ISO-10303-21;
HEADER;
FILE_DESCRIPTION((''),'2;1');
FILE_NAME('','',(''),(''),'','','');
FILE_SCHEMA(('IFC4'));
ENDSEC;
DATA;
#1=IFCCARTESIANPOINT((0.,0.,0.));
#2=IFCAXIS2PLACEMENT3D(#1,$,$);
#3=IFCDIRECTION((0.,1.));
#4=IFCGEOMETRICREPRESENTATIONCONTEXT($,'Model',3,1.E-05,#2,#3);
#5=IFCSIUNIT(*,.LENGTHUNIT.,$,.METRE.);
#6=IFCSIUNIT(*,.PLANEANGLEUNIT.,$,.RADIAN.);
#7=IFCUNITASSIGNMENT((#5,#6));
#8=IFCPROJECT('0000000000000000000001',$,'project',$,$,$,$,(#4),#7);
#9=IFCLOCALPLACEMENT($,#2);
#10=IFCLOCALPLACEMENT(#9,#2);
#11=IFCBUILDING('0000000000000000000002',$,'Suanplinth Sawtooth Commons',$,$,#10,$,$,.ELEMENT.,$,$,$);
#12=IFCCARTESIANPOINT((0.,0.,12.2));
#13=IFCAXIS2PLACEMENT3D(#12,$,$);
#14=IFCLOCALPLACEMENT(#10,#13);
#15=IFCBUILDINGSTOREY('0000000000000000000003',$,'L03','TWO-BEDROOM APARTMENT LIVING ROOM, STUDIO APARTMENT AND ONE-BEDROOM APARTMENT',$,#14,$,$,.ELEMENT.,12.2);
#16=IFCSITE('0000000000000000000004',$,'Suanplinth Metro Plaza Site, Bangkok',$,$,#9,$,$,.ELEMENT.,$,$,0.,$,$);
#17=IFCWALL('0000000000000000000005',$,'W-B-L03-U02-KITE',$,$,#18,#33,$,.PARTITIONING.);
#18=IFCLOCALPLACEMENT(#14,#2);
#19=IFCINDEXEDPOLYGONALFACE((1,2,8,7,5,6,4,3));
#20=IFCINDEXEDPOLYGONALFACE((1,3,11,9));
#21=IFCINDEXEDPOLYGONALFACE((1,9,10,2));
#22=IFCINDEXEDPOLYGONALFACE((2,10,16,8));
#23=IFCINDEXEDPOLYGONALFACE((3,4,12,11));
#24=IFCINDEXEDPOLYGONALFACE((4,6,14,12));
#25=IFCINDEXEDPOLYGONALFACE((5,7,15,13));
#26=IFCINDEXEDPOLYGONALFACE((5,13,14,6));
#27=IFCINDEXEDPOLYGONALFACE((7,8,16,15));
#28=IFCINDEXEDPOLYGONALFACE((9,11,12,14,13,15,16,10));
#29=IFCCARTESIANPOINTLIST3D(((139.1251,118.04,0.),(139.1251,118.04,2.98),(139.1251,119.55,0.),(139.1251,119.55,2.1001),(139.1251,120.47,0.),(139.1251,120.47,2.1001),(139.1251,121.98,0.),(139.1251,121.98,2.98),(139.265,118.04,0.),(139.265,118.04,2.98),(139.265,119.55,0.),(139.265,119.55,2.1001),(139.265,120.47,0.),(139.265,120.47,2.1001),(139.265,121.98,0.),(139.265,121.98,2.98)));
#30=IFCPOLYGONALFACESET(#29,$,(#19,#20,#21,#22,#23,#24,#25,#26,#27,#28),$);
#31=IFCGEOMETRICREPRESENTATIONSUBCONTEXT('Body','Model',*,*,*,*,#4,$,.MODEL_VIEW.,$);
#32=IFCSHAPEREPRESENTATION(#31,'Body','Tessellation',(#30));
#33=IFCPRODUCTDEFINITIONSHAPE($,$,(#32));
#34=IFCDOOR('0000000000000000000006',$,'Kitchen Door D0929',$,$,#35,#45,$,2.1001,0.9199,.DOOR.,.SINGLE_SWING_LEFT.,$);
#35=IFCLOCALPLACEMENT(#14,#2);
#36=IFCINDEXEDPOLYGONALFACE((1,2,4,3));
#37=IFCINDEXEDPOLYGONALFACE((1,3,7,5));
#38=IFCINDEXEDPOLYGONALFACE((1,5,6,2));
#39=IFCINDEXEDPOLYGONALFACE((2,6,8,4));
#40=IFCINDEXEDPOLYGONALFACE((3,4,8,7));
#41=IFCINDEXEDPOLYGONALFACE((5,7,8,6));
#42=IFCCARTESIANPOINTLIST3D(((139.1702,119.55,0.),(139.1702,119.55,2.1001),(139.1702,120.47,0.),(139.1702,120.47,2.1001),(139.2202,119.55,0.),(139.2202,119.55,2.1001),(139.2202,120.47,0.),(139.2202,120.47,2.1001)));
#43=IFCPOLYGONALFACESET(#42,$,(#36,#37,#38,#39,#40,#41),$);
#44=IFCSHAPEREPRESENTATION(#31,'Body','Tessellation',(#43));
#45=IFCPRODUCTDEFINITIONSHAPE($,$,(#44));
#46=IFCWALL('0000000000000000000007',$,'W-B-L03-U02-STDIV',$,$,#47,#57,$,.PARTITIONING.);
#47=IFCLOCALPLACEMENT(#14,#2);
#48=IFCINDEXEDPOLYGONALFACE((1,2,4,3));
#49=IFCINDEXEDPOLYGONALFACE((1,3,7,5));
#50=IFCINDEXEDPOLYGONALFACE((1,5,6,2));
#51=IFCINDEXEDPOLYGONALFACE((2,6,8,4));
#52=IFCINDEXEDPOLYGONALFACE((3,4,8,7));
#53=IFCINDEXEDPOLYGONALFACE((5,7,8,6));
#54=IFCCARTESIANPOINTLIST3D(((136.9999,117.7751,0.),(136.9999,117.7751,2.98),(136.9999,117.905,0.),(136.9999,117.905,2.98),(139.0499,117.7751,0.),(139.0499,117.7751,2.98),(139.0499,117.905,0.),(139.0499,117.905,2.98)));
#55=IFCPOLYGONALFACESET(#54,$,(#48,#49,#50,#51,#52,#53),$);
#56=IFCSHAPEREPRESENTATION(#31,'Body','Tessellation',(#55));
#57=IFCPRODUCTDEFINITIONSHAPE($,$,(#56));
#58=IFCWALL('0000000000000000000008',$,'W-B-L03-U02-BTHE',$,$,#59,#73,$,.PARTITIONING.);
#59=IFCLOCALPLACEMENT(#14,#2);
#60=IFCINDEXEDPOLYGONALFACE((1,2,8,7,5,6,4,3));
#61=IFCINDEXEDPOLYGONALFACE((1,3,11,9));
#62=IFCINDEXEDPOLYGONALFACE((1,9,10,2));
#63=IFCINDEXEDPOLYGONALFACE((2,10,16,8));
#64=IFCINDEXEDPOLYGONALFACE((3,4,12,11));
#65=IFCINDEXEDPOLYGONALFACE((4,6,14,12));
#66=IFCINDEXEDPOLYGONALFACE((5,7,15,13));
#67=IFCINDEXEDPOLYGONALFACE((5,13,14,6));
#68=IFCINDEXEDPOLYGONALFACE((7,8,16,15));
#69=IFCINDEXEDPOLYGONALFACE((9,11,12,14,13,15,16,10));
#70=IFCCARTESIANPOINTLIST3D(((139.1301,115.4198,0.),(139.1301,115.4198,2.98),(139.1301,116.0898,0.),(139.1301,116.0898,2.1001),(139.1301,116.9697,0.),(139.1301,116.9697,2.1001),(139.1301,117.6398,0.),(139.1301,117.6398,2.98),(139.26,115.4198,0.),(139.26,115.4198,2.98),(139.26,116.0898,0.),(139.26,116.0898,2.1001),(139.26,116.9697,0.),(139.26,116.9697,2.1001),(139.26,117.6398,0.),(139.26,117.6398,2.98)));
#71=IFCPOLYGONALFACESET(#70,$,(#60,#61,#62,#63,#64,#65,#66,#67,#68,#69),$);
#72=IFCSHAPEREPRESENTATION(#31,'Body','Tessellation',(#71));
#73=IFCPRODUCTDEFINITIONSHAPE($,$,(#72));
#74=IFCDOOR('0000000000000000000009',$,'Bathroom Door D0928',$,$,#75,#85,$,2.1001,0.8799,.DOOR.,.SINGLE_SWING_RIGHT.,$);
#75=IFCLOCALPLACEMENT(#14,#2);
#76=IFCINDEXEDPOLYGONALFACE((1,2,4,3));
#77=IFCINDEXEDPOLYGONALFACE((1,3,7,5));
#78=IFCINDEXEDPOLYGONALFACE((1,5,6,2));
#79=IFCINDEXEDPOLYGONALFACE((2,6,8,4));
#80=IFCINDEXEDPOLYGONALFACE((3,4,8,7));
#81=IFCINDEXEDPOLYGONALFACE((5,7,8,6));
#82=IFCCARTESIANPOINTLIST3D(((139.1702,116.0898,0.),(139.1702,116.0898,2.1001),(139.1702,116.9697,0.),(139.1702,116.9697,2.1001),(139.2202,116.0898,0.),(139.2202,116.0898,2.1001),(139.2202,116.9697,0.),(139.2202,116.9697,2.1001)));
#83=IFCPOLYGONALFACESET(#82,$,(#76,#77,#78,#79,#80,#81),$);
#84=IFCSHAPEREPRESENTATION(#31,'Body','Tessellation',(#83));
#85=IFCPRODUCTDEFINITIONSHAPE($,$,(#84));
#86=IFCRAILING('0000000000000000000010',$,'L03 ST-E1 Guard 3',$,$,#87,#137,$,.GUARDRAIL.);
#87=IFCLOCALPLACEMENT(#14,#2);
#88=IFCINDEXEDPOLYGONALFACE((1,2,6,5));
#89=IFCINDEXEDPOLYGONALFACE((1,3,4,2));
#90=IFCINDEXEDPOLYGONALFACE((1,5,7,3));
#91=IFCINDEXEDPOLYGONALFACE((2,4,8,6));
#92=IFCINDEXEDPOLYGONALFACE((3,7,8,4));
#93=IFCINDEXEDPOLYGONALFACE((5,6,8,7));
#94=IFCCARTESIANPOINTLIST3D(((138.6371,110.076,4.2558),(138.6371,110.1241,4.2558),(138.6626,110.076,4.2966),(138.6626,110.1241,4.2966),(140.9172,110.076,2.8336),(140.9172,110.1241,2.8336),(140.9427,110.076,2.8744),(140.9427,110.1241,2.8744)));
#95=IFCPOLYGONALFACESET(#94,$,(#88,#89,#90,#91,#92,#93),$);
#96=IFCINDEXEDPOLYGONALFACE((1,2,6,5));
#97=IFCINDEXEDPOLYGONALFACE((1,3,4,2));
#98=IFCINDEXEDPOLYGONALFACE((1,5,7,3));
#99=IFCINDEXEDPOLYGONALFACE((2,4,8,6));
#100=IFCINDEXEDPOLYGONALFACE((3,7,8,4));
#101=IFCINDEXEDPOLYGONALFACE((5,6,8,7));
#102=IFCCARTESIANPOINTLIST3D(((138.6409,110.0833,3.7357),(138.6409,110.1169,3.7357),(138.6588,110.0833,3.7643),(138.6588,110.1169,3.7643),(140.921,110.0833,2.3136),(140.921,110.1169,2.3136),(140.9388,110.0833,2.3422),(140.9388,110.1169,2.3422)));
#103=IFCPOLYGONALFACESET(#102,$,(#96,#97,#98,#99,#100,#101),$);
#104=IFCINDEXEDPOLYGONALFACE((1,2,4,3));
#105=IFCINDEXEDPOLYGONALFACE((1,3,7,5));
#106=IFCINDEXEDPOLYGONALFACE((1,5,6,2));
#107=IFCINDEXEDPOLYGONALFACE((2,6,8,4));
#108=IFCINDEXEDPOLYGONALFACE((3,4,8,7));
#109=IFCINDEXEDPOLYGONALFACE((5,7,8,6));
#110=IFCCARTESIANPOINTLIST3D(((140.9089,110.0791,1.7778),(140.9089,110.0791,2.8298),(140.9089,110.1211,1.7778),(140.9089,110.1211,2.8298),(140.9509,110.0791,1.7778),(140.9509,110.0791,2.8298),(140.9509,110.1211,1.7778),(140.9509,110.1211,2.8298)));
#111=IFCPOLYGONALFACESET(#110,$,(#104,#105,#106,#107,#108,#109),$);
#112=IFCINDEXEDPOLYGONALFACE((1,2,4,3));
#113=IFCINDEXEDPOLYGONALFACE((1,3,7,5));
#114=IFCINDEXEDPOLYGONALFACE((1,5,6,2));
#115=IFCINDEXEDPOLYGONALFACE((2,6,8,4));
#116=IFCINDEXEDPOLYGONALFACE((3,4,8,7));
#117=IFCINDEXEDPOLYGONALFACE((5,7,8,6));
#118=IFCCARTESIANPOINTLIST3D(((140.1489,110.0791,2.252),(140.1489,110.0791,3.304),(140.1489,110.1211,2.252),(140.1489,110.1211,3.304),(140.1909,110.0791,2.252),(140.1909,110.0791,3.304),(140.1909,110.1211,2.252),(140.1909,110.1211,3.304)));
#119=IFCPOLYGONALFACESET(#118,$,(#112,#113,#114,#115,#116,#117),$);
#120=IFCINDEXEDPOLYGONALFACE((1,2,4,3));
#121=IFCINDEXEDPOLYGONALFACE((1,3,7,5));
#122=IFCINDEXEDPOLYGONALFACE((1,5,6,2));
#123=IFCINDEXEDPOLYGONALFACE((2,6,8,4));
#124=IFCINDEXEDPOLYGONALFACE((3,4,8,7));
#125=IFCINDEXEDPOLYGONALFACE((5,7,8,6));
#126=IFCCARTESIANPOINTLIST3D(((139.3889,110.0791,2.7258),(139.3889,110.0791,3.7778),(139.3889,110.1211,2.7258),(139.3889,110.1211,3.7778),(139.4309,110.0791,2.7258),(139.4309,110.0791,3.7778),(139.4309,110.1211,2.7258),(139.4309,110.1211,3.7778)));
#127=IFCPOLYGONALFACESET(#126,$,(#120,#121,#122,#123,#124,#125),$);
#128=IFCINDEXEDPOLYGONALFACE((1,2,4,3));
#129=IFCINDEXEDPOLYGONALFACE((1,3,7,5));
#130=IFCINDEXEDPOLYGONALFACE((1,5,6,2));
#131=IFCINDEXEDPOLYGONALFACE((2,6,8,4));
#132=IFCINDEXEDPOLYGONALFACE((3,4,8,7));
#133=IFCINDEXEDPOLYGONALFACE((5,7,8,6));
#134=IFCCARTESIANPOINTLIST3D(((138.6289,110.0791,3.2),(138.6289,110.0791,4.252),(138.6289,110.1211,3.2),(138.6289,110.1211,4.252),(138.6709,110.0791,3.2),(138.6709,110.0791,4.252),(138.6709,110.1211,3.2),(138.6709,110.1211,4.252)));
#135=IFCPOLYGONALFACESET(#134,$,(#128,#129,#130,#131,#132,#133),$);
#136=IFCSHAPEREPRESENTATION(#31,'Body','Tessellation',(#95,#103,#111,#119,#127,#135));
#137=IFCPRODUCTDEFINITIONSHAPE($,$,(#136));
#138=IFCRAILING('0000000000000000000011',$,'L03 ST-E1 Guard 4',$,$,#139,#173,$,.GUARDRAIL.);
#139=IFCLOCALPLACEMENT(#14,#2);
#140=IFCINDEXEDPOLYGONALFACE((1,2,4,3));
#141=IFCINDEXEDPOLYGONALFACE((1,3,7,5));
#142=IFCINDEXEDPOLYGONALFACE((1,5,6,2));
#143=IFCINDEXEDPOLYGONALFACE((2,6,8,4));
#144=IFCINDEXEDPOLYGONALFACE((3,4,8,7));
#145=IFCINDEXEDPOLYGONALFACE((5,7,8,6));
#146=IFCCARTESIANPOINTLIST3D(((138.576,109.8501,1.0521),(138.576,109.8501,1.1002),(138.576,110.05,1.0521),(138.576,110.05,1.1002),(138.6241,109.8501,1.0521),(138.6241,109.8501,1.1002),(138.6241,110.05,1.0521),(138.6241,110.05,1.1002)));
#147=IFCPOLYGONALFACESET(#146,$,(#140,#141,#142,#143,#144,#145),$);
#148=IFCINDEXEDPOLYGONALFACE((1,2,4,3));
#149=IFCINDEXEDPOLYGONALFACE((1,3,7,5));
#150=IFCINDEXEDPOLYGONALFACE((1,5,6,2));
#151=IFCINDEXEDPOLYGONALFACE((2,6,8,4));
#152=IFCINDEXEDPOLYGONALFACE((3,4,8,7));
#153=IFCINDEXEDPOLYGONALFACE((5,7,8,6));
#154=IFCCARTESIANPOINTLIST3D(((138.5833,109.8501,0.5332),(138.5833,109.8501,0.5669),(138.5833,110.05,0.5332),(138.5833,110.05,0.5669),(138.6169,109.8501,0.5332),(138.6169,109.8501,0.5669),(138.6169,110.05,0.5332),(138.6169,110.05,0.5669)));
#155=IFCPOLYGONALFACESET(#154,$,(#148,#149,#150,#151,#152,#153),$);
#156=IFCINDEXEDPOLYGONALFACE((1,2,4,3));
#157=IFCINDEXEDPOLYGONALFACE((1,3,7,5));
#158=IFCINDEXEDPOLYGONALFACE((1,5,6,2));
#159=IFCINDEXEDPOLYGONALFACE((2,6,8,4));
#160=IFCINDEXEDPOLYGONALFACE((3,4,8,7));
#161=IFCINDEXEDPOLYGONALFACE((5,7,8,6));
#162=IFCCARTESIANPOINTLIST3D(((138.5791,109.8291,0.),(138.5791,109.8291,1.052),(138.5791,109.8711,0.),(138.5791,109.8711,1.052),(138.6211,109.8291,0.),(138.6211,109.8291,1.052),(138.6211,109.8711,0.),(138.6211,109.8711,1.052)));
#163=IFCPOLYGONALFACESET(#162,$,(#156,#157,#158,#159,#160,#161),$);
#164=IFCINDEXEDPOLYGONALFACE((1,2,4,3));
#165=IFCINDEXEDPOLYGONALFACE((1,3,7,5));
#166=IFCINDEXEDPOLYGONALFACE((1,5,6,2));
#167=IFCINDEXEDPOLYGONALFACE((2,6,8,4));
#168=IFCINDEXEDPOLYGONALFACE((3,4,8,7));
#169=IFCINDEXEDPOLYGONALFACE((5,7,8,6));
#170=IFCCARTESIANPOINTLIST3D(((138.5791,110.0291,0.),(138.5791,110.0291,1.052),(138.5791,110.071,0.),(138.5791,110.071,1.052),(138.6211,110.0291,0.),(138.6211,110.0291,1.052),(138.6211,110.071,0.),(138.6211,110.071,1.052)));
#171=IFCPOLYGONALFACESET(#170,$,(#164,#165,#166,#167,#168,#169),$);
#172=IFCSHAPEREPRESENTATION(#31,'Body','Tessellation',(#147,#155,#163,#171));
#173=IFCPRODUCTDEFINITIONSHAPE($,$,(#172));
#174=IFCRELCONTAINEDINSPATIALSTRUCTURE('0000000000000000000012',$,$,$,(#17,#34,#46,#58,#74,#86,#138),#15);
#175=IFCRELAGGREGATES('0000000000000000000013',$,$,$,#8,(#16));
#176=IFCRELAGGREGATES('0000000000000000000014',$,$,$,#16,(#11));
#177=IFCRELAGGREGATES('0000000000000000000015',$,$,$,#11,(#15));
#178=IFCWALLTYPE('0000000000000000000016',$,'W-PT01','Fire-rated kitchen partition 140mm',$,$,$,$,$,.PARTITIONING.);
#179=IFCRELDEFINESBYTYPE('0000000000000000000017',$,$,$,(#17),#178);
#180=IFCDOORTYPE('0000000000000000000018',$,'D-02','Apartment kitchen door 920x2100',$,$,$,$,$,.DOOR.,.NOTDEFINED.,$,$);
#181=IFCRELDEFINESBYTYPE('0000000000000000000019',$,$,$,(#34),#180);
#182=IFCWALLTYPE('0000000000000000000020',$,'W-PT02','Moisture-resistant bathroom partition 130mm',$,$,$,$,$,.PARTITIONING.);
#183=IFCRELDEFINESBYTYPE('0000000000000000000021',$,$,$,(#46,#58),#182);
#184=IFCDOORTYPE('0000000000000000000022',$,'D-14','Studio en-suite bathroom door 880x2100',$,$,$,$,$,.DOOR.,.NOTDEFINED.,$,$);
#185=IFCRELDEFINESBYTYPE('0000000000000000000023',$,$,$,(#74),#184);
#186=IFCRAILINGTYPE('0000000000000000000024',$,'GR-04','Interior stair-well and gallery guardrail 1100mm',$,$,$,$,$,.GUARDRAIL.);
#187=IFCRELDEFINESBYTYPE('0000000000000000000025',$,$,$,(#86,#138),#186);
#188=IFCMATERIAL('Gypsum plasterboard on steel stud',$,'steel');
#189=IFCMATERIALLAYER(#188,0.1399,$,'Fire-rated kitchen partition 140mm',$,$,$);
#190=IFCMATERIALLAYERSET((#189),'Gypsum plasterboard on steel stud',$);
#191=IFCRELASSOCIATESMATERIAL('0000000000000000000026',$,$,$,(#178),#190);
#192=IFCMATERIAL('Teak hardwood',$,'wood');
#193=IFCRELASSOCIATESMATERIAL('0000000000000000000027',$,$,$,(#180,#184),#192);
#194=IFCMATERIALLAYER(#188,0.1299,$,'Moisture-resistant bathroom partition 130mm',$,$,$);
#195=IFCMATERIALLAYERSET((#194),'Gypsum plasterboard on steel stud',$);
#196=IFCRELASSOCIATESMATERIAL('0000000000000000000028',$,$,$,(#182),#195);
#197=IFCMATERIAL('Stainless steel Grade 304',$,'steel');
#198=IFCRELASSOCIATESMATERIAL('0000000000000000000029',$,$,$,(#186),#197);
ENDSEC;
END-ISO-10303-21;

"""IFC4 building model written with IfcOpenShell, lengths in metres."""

from ifc_helpers import new_model, si_unit, direction, frame, frame_2d, origin, origin_2d, place, context, subcontext, project, spatial, rectangle, extrude, material, layer, layer_set, type_object, element, fill, save


model = new_model("IFC4")

# Units and contexts
model_context = context("Model", 3, precision=1e-05, world=origin(), true_north=direction((0.0, 1.0)))
body_context = subcontext(model_context, "Body", "Model", "MODEL_VIEW")
ifc_project = project(units=[si_unit("LENGTHUNIT", "METRE"), si_unit("PLANEANGLEUNIT", "RADIAN")], contexts=[model_context])

# Site, building, storey
site_placement = place(None, origin())
site = spatial("IfcSite", under=ifc_project, at=site_placement, Name="Suanplinth Metro Plaza Site, Bangkok", CompositionType="ELEMENT", RefElevation=0.0)
building_placement = place(site_placement, origin())
building = spatial("IfcBuilding", under=site, at=building_placement, Name="Suanplinth Sawtooth Commons", CompositionType="ELEMENT")
storey_placement = place(building_placement, frame((0.0, 0.0, 12.2)))
storey = spatial("IfcBuildingStorey", under=building, at=storey_placement, Name="L03", Description="TWO-BEDROOM APARTMENT LIVING ROOM, STUDIO APARTMENT AND ONE-BEDROOM APARTMENT", CompositionType="ELEMENT", Elevation=12.2)

# Wall, opening, door
ifc_material_1 = material(Name="Gypsum plasterboard on steel stud", Category="steel")
ifc_layer_1 = layer(ifc_material_1, 0.1399, Name="Fire-rated kitchen partition 140mm")
ifc_layer_set_1 = layer_set([ifc_layer_1], Name="Gypsum plasterboard on steel stud")
wall_type_1 = type_object("IfcWallType", Name="W-PT01", Description="Fire-rated kitchen partition 140mm", PredefinedType="PARTITIONING", material=ifc_layer_set_1)
wall_1_placement = place(storey_placement, frame((139.1951, 118.04, 0.0), z_axis=(0.0, 0.0, 1.0), x_axis=(0.0, 1.0, 0.0)))
wall_1 = element("IfcWall", 1, at=wall_1_placement, inside=storey, type_object=wall_type_1, Name="W-B-L03-U02-KITE", PredefinedType="PARTITIONING", context=body_context, shape_type="SweptSolid", body=[
    extrude(rectangle(XDim=3.9399, YDim=0.1399, at=frame_2d((1.97, 0.0))), origin(), (0.0, 0.0, 1.0), 2.98),
])
opening_1_placement = place(wall_1_placement, frame((1.51, 0.0, 0.0)))
opening_1 = element("IfcOpeningElement", 2, at=opening_1_placement, cuts=wall_1, PredefinedType="OPENING", context=body_context, shape_type="SweptSolid", body=[
    extrude(rectangle(XDim=0.9199, YDim=2.1001, at=frame_2d((0.46, 1.05))), frame((0.0, 0.085, 0.0), z_axis=(0.0, -1.0, 0.0), x_axis=(1.0, 0.0, 0.0)), (0.0, 0.0, 1.0), 0.1697),
])
ifc_material_2 = material(Name="Teak hardwood", Category="wood")
door_type_1 = type_object("IfcDoorType", Name="D-02", Description="Apartment kitchen door 920x2100", OperationType="NOTDEFINED", PredefinedType="DOOR", material=ifc_material_2)
door_1_placement = place(opening_1_placement, origin())
door_1 = element("IfcDoor", 3, at=door_1_placement, inside=storey, type_object=door_type_1, Name="Kitchen Door D0929", OperationType="SINGLE_SWING_LEFT", OverallHeight=2.1001, OverallWidth=0.9199, PredefinedType="DOOR", context=body_context, shape_type="SweptSolid", body=[
    extrude(rectangle(XDim=0.9199, YDim=2.1001, at=frame_2d((0.46, 1.05))), frame((0.0, 0.0249, 0.0), z_axis=(0.0, -1.0, 0.0), x_axis=(1.0, 0.0, 0.0)), (0.0, 0.0, 1.0), 0.05),
])
fill(opening_1, door_1)

# Wall
ifc_layer_2 = layer(ifc_material_1, 0.1299, Name="Moisture-resistant bathroom partition 130mm")
ifc_layer_set_2 = layer_set([ifc_layer_2], Name="Gypsum plasterboard on steel stud")
wall_type_2 = type_object("IfcWallType", Name="W-PT02", Description="Moisture-resistant bathroom partition 130mm", PredefinedType="PARTITIONING", material=ifc_layer_set_2)
wall_2_placement = place(storey_placement, frame((137.0, 117.8401, 0.0), z_axis=(0.0, 0.0, 1.0), x_axis=(1.0, 0.0, 0.0)))
element("IfcWall", 4, at=wall_2_placement, inside=storey, type_object=wall_type_2, Name="W-B-L03-U02-STDIV", PredefinedType="PARTITIONING", context=body_context, shape_type="SweptSolid", body=[
    extrude(rectangle(XDim=2.05, YDim=0.1299, at=frame_2d((1.0249, 0.0))), origin(), (0.0, 0.0, 1.0), 2.98),
])

# Wall, opening, door
wall_3_placement = place(storey_placement, frame((139.1951, 115.4199, 0.0), z_axis=(0.0, 0.0, 1.0), x_axis=(0.0, 1.0, 0.0)))
wall_3 = element("IfcWall", 5, at=wall_3_placement, inside=storey, type_object=wall_type_2, Name="W-B-L03-U02-BTHE", PredefinedType="PARTITIONING", context=body_context, shape_type="SweptSolid", body=[
    extrude(rectangle(XDim=2.22, YDim=0.1299, at=frame_2d((1.1099, 0.0))), origin(), (0.0, 0.0, 1.0), 2.98),
])
opening_2_placement = place(wall_3_placement, frame((0.6699, 0.0, 0.0)))
opening_2 = element("IfcOpeningElement", 6, at=opening_2_placement, cuts=wall_3, PredefinedType="OPENING", context=body_context, shape_type="SweptSolid", body=[
    extrude(rectangle(XDim=0.8799, YDim=2.1001, at=frame_2d((0.4399, 1.05))), frame((0.0, 0.0798, 0.0), z_axis=(0.0, -1.0, 0.0), x_axis=(1.0, 0.0, 0.0)), (0.0, 0.0, 1.0), 0.1597),
])
door_type_2 = type_object("IfcDoorType", Name="D-14", Description="Studio en-suite bathroom door 880x2100", OperationType="NOTDEFINED", PredefinedType="DOOR", material=ifc_material_2)
door_2_placement = place(opening_2_placement, origin())
door_2 = element("IfcDoor", 7, at=door_2_placement, inside=storey, type_object=door_type_2, Name="Bathroom Door D0928", OperationType="SINGLE_SWING_RIGHT", OverallHeight=2.1001, OverallWidth=0.8799, PredefinedType="DOOR", context=body_context, shape_type="SweptSolid", body=[
    extrude(rectangle(XDim=0.8799, YDim=2.1001, at=frame_2d((0.4399, 1.05))), frame((0.0, 0.0249, 0.0), z_axis=(0.0, -1.0, 0.0), x_axis=(1.0, 0.0, 0.0)), (0.0, 0.0, 1.0), 0.05),
])
fill(opening_2, door_2)

# Railings
ifc_material_3 = material(Name="Stainless steel Grade 304", Category="steel")
railing_type = type_object("IfcRailingType", Name="GR-04", Description="Interior stair-well and gallery guardrail 1100mm", PredefinedType="GUARDRAIL", material=ifc_material_3)
railing_1_placement = place(storey_placement, frame((140.9299, 110.1001, 1.7778)))
element("IfcRailing", 8, at=railing_1_placement, inside=storey, type_object=railing_type, Name="L03 ST-E1 Guard 3", PredefinedType="GUARDRAIL", context=body_context, shape_type="SweptSolid", body=[
    extrude(rectangle(XDim=0.0481, YDim=0.0481, at=origin_2d()), frame((0.0, 0.0, 1.0762), z_axis=(-0.848483, 0.0, 0.529223), x_axis=(0.0, -1.0, 0.0)), (0.0, 0.0, 1.0), 2.6873),
    extrude(rectangle(XDim=0.0337, YDim=0.0337, at=origin_2d()), frame((0.0, 0.0, 0.55), z_axis=(-0.848483, 0.0, 0.529223), x_axis=(0.0, -1.0, 0.0)), (0.0, 0.0, 1.0), 2.6873),
    extrude(rectangle(XDim=0.042, YDim=0.042, at=origin_2d()), origin(), (0.0, 0.0, 1.0), 1.052),
    extrude(rectangle(XDim=0.042, YDim=0.042, at=origin_2d()), frame((-0.76, 0.0, 0.4741)), (0.0, 0.0, 1.0), 1.052),
    extrude(rectangle(XDim=0.042, YDim=0.042, at=origin_2d()), frame((-1.52, 0.0, 0.948)), (0.0, 0.0, 1.0), 1.052),
    extrude(rectangle(XDim=0.042, YDim=0.042, at=origin_2d()), frame((-2.28, 0.0, 1.4221)), (0.0, 0.0, 1.0), 1.052),
])
railing_2_placement = place(storey_placement, frame((138.6001, 109.8501, 0.0)))
element("IfcRailing", 9, at=railing_2_placement, inside=storey, type_object=railing_type, Name="L03 ST-E1 Guard 4", PredefinedType="GUARDRAIL", context=body_context, shape_type="SweptSolid", body=[
    extrude(rectangle(XDim=0.0481, YDim=0.0481, at=origin_2d()), frame((0.0, 0.0, 1.0762), z_axis=(0.0, 1.0, 0.0), x_axis=(-1.0, 0.0, 0.0)), (0.0, 0.0, 1.0), 0.2),
    extrude(rectangle(XDim=0.0337, YDim=0.0337, at=origin_2d()), frame((0.0, 0.0, 0.55), z_axis=(0.0, 1.0, 0.0), x_axis=(-1.0, 0.0, 0.0)), (0.0, 0.0, 1.0), 0.2),
    extrude(rectangle(XDim=0.042, YDim=0.042, at=origin_2d()), origin(), (0.0, 0.0, 1.0), 1.052),
    extrude(rectangle(XDim=0.042, YDim=0.042, at=origin_2d()), frame((0.0, 0.2, 0.0)), (0.0, 0.0, 1.0), 1.052),
])

save(model, "model.ifc")
